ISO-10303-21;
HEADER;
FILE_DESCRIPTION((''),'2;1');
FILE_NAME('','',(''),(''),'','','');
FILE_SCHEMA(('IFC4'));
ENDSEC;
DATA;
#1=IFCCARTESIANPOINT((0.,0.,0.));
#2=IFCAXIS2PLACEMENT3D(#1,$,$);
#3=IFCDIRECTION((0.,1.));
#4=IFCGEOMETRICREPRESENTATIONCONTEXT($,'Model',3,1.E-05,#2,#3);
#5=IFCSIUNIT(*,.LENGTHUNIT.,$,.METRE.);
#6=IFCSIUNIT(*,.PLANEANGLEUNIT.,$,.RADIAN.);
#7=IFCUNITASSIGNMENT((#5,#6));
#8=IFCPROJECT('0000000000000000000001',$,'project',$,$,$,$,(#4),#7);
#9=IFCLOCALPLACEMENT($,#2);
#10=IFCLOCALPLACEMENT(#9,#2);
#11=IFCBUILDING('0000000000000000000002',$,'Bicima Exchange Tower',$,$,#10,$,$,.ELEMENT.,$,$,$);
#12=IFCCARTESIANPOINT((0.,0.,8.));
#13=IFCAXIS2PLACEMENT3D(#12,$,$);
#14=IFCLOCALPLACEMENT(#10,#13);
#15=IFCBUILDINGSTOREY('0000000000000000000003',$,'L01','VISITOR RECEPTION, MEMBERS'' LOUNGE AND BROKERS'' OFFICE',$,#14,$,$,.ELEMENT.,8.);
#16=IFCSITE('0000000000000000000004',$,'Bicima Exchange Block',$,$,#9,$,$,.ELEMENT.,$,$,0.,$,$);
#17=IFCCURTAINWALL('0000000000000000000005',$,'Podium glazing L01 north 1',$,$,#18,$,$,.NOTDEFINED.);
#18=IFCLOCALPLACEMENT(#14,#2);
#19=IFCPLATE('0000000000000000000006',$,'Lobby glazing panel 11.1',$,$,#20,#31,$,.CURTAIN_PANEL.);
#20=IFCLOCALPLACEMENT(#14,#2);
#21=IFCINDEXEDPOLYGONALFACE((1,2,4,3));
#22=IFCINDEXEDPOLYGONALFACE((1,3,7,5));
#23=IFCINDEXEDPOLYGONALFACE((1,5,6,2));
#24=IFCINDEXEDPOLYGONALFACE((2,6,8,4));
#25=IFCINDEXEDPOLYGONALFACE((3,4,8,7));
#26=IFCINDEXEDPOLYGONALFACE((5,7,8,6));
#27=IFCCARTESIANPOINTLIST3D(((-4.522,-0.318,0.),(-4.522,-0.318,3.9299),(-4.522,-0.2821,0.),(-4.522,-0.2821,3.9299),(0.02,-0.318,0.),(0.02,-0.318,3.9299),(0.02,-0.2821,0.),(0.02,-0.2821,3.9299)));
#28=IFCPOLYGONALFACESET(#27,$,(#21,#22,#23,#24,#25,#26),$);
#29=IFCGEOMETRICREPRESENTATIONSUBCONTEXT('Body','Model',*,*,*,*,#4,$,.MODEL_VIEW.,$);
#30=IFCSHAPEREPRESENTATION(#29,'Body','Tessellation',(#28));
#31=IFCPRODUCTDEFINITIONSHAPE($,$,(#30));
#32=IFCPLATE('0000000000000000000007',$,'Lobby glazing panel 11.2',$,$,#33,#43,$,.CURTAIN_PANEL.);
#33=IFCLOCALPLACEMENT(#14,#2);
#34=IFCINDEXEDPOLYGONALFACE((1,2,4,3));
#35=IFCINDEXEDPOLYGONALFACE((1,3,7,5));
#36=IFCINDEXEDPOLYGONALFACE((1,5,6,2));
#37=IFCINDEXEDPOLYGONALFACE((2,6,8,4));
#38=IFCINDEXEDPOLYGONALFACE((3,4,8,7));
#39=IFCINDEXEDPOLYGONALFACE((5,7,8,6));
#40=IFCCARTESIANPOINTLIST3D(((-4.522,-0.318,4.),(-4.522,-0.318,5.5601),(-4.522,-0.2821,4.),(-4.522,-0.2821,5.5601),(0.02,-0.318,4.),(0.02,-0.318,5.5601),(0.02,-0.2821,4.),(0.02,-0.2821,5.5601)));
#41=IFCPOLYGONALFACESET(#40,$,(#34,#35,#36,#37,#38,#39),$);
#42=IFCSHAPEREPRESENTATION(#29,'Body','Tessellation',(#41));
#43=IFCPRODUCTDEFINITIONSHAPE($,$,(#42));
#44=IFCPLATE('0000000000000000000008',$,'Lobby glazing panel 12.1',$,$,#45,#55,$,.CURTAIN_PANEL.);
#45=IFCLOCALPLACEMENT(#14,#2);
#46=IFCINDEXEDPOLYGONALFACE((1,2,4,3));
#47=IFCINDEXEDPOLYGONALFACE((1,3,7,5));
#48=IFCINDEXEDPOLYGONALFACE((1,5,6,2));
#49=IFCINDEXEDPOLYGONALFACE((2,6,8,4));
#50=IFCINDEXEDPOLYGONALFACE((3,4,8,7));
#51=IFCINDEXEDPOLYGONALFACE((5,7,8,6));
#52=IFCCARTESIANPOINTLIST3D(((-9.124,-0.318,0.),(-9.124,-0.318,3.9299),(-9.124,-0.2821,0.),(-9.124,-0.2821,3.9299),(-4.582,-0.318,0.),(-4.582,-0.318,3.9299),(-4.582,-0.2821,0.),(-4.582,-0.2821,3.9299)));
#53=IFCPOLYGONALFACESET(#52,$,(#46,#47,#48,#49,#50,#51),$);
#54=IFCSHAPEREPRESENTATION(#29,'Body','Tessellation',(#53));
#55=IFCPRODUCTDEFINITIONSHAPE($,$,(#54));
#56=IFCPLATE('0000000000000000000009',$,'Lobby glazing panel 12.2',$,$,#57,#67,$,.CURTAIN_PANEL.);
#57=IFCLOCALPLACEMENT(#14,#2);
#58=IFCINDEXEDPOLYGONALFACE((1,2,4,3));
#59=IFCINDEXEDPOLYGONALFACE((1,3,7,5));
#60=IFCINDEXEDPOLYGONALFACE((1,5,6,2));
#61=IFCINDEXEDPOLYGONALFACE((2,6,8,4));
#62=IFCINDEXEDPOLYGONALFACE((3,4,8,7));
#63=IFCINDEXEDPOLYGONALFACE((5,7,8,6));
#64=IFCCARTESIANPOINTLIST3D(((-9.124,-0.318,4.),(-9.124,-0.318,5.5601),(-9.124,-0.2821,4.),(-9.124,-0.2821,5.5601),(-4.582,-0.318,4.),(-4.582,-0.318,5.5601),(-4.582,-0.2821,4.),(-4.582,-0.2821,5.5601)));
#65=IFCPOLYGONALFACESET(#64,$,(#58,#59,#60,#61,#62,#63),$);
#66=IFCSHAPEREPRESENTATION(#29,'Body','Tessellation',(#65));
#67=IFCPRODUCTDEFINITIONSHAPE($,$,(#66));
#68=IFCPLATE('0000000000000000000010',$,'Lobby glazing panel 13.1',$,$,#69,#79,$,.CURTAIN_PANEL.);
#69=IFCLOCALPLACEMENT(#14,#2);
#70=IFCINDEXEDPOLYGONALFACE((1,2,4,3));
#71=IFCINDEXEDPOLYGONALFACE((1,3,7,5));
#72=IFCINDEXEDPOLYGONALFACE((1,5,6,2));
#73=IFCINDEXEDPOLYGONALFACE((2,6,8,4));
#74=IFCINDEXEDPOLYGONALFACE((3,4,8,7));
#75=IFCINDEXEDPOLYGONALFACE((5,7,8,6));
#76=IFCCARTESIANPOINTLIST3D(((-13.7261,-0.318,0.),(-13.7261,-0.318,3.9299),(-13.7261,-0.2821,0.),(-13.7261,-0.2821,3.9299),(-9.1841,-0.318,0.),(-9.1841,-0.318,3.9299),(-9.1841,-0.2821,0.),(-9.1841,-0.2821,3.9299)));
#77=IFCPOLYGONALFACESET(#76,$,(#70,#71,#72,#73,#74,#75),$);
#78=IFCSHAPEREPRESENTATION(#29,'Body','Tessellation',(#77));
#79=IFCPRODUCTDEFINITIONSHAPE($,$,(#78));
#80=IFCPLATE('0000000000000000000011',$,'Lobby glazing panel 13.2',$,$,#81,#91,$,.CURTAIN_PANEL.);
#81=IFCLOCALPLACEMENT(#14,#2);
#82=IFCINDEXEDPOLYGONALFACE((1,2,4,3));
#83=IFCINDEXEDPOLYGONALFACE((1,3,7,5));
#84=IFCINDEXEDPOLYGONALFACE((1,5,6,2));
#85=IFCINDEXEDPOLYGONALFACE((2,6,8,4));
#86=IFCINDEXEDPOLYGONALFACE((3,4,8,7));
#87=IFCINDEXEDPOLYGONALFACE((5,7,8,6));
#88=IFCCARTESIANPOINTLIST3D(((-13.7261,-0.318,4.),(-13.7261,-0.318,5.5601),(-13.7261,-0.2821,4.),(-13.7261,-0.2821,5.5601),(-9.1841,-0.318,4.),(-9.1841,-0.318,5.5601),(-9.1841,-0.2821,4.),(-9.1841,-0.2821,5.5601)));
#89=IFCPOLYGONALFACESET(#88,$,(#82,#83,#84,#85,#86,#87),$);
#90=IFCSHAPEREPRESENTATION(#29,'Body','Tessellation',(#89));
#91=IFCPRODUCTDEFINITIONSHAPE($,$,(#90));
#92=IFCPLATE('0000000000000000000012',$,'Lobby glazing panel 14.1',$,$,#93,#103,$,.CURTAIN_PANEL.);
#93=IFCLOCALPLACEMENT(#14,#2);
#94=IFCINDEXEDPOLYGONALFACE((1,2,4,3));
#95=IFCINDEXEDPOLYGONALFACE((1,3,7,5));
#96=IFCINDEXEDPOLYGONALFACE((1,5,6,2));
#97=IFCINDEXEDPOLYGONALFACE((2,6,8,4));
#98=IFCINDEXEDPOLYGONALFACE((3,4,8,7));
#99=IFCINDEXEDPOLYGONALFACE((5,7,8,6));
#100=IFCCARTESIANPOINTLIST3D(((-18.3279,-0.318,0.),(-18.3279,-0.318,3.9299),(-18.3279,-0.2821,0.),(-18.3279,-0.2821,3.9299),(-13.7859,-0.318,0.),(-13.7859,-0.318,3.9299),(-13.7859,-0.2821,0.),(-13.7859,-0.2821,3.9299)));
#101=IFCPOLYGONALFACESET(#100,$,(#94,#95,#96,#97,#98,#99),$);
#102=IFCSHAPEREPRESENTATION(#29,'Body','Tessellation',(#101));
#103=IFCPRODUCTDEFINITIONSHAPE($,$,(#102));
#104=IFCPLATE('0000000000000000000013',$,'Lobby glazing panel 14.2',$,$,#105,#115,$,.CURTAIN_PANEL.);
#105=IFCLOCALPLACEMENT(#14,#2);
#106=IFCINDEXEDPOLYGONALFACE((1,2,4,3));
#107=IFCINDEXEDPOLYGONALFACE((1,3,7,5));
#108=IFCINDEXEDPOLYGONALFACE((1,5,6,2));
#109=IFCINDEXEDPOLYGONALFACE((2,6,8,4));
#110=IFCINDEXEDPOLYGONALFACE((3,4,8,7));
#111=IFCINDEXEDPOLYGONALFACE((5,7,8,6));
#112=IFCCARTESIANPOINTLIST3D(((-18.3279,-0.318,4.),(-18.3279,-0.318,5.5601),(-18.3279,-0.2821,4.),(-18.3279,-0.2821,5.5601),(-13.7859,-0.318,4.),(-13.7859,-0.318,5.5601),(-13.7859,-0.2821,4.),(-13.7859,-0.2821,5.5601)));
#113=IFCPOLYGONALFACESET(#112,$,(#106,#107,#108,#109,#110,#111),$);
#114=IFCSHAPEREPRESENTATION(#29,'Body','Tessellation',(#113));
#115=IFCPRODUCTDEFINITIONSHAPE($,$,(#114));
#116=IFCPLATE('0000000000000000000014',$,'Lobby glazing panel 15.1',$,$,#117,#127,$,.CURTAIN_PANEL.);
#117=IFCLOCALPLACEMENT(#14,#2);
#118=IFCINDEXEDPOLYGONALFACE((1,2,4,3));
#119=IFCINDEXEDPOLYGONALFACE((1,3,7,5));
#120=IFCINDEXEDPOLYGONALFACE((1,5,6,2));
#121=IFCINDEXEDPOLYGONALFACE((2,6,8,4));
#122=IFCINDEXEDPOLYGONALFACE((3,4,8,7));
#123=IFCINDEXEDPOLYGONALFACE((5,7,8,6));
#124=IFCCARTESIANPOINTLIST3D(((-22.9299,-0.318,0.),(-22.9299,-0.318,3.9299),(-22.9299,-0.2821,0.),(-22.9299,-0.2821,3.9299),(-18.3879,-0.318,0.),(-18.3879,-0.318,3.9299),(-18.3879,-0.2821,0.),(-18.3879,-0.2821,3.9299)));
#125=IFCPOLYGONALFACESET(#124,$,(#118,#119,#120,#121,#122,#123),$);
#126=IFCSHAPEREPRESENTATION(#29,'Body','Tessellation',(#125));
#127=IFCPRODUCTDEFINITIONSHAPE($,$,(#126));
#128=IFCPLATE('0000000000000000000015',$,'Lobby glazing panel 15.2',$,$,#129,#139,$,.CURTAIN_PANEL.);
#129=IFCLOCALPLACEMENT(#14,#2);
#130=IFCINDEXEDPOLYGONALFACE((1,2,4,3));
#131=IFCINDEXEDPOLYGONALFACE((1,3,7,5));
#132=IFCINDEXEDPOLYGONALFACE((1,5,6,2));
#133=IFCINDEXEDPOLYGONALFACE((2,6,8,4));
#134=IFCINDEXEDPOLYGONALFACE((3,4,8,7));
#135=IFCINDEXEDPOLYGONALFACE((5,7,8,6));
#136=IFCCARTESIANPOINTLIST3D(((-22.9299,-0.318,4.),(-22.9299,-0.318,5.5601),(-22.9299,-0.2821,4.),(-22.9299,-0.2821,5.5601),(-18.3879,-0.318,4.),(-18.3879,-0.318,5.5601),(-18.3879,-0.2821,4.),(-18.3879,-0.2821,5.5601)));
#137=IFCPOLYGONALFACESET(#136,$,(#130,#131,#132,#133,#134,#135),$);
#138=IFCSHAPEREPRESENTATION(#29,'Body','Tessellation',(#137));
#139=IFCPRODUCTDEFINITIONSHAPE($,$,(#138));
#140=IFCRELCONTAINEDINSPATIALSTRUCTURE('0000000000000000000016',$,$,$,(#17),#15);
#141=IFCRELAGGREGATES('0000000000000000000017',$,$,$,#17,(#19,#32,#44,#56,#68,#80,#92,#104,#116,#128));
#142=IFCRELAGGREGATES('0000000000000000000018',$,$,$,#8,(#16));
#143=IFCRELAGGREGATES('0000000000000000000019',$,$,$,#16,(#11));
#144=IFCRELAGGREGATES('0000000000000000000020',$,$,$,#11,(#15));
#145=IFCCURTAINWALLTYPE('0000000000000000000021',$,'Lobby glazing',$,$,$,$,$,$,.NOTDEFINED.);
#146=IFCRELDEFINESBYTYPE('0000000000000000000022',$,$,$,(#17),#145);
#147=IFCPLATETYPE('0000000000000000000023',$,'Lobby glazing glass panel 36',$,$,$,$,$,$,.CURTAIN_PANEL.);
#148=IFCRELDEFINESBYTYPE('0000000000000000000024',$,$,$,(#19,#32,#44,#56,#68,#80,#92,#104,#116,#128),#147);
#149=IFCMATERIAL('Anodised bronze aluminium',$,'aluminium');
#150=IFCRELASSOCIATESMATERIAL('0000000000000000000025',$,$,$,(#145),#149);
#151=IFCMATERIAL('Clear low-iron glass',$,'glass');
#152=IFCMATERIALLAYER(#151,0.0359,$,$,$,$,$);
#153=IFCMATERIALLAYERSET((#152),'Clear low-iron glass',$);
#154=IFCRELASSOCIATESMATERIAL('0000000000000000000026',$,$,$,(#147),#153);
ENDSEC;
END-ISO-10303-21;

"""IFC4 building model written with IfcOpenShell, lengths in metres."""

from ifc_helpers import new_model, si_unit, direction, frame, origin, origin_2d, place, context, subcontext, project, spatial, rectangle, extrude, material, layer, layer_set, type_object, element, aggregate, save


model = new_model("IFC4")

# Units and contexts
model_context = context("Model", 3, precision=1e-05, world=origin(), true_north=direction((0.0, 1.0)))
body_context = subcontext(model_context, "Body", "Model", "MODEL_VIEW")
ifc_project = project(units=[si_unit("LENGTHUNIT", "METRE"), si_unit("PLANEANGLEUNIT", "RADIAN")], contexts=[model_context])

# Site, building, storey
site_placement = place(None, origin())
site = spatial("IfcSite", under=ifc_project, at=site_placement, Name="Bicima Exchange Block", CompositionType="ELEMENT", RefElevation=0.0)
building_placement = place(site_placement, origin())
building = spatial("IfcBuilding", under=site, at=building_placement, Name="Bicima Exchange Tower", CompositionType="ELEMENT")
storey_placement = place(building_placement, frame((0.0, 0.0, 8.0)))
storey = spatial("IfcBuildingStorey", under=building, at=storey_placement, Name="L01", Description="VISITOR RECEPTION, MEMBERS' LOUNGE AND BROKERS' OFFICE", CompositionType="ELEMENT", Elevation=8.0)

# Curtain wall, plates
ifc_material_1 = material(Name="Anodised bronze aluminium", Category="aluminium")
curtain_wall_type = type_object("IfcCurtainWallType", Name="Lobby glazing", PredefinedType="NOTDEFINED", material=ifc_material_1)
curtain_wall_placement = place(storey_placement, origin())
curtain_wall = element("IfcCurtainWall", 1, at=curtain_wall_placement, inside=storey, type_object=curtain_wall_type, Name="Podium glazing L01 north 1", PredefinedType="NOTDEFINED")
ifc_material_2 = material(Name="Clear low-iron glass", Category="glass")
ifc_layer_1 = layer(ifc_material_2, 0.0359)
ifc_layer_set_1 = layer_set([ifc_layer_1], Name="Clear low-iron glass")
plate_type = type_object("IfcPlateType", Name="Lobby glazing glass panel 36", PredefinedType="CURTAIN_PANEL", material=ifc_layer_set_1)
plate_1_placement = place(storey_placement, frame((-2.251, -0.3, 0.0), z_axis=(0.0, 0.0, 1.0), x_axis=(-1.0, 0.0, 0.0)))
plate_1 = element("IfcPlate", 2, at=plate_1_placement, type_object=plate_type, Name="Lobby glazing panel 11.1", PredefinedType="CURTAIN_PANEL", context=body_context, shape_type="SweptSolid", body=[
    extrude(rectangle(XDim=4.542, YDim=0.0359, at=origin_2d()), origin(), (0.0, 0.0, 1.0), 3.9299),
])
plate_2_placement = place(storey_placement, frame((-2.251, -0.3, 4.0), z_axis=(0.0, 0.0, 1.0), x_axis=(-1.0, 0.0, 0.0)))
plate_2 = element("IfcPlate", 3, at=plate_2_placement, type_object=plate_type, Name="Lobby glazing panel 11.2", PredefinedType="CURTAIN_PANEL", context=body_context, shape_type="SweptSolid", body=[
    extrude(rectangle(XDim=4.542, YDim=0.0359, at=origin_2d()), origin(), (0.0, 0.0, 1.0), 1.5601),
])
plate_3_placement = place(storey_placement, frame((-6.853, -0.3, 0.0), z_axis=(0.0, 0.0, 1.0), x_axis=(-1.0, 0.0, 0.0)))
plate_3 = element("IfcPlate", 4, at=plate_3_placement, type_object=plate_type, Name="Lobby glazing panel 12.1", PredefinedType="CURTAIN_PANEL", context=body_context, shape_type="SweptSolid", body=[
    extrude(rectangle(XDim=4.542, YDim=0.0359, at=origin_2d()), origin(), (0.0, 0.0, 1.0), 3.9299),
])
plate_4_placement = place(storey_placement, frame((-6.853, -0.3, 4.0), z_axis=(0.0, 0.0, 1.0), x_axis=(-1.0, 0.0, 0.0)))
plate_4 = element("IfcPlate", 5, at=plate_4_placement, type_object=plate_type, Name="Lobby glazing panel 12.2", PredefinedType="CURTAIN_PANEL", context=body_context, shape_type="SweptSolid", body=[
    extrude(rectangle(XDim=4.542, YDim=0.0359, at=origin_2d()), origin(), (0.0, 0.0, 1.0), 1.5601),
])
plate_5_placement = place(storey_placement, frame((-11.4551, -0.3, 0.0), z_axis=(0.0, 0.0, 1.0), x_axis=(-1.0, 0.0, 0.0)))
plate_5 = element("IfcPlate", 6, at=plate_5_placement, type_object=plate_type, Name="Lobby glazing panel 13.1", PredefinedType="CURTAIN_PANEL", context=body_context, shape_type="SweptSolid", body=[
    extrude(rectangle(XDim=4.542, YDim=0.0359, at=origin_2d()), origin(), (0.0, 0.0, 1.0), 3.9299),
])
plate_6_placement = place(storey_placement, frame((-11.4551, -0.3, 4.0), z_axis=(0.0, 0.0, 1.0), x_axis=(-1.0, 0.0, 0.0)))
plate_6 = element("IfcPlate", 7, at=plate_6_placement, type_object=plate_type, Name="Lobby glazing panel 13.2", PredefinedType="CURTAIN_PANEL", context=body_context, shape_type="SweptSolid", body=[
    extrude(rectangle(XDim=4.542, YDim=0.0359, at=origin_2d()), origin(), (0.0, 0.0, 1.0), 1.5601),
])
plate_7_placement = place(storey_placement, frame((-16.0569, -0.3, 0.0), z_axis=(0.0, 0.0, 1.0), x_axis=(-1.0, 0.0, 0.0)))
plate_7 = element("IfcPlate", 8, at=plate_7_placement, type_object=plate_type, Name="Lobby glazing panel 14.1", PredefinedType="CURTAIN_PANEL", context=body_context, shape_type="SweptSolid", body=[
    extrude(rectangle(XDim=4.542, YDim=0.0359, at=origin_2d()), origin(), (0.0, 0.0, 1.0), 3.9299),
])
plate_8_placement = place(storey_placement, frame((-16.0569, -0.3, 4.0), z_axis=(0.0, 0.0, 1.0), x_axis=(-1.0, 0.0, 0.0)))
plate_8 = element("IfcPlate", 9, at=plate_8_placement, type_object=plate_type, Name="Lobby glazing panel 14.2", PredefinedType="CURTAIN_PANEL", context=body_context, shape_type="SweptSolid", body=[
    extrude(rectangle(XDim=4.542, YDim=0.0359, at=origin_2d()), origin(), (0.0, 0.0, 1.0), 1.5601),
])
plate_9_placement = place(storey_placement, frame((-20.6589, -0.3, 0.0), z_axis=(0.0, 0.0, 1.0), x_axis=(-1.0, 0.0, 0.0)))
plate_9 = element("IfcPlate", 10, at=plate_9_placement, type_object=plate_type, Name="Lobby glazing panel 15.1", PredefinedType="CURTAIN_PANEL", context=body_context, shape_type="SweptSolid", body=[
    extrude(rectangle(XDim=4.542, YDim=0.0359, at=origin_2d()), origin(), (0.0, 0.0, 1.0), 3.9299),
])
plate_10_placement = place(storey_placement, frame((-20.6589, -0.3, 4.0), z_axis=(0.0, 0.0, 1.0), x_axis=(-1.0, 0.0, 0.0)))
plate_10 = element("IfcPlate", 11, at=plate_10_placement, type_object=plate_type, Name="Lobby glazing panel 15.2", PredefinedType="CURTAIN_PANEL", context=body_context, shape_type="SweptSolid", body=[
    extrude(rectangle(XDim=4.542, YDim=0.0359, at=origin_2d()), origin(), (0.0, 0.0, 1.0), 1.5601),
])
aggregate(curtain_wall, [plate_1, plate_2, plate_3, plate_4, plate_5, plate_6, plate_7, plate_8, plate_9, plate_10])

save(model, "model.ifc")
